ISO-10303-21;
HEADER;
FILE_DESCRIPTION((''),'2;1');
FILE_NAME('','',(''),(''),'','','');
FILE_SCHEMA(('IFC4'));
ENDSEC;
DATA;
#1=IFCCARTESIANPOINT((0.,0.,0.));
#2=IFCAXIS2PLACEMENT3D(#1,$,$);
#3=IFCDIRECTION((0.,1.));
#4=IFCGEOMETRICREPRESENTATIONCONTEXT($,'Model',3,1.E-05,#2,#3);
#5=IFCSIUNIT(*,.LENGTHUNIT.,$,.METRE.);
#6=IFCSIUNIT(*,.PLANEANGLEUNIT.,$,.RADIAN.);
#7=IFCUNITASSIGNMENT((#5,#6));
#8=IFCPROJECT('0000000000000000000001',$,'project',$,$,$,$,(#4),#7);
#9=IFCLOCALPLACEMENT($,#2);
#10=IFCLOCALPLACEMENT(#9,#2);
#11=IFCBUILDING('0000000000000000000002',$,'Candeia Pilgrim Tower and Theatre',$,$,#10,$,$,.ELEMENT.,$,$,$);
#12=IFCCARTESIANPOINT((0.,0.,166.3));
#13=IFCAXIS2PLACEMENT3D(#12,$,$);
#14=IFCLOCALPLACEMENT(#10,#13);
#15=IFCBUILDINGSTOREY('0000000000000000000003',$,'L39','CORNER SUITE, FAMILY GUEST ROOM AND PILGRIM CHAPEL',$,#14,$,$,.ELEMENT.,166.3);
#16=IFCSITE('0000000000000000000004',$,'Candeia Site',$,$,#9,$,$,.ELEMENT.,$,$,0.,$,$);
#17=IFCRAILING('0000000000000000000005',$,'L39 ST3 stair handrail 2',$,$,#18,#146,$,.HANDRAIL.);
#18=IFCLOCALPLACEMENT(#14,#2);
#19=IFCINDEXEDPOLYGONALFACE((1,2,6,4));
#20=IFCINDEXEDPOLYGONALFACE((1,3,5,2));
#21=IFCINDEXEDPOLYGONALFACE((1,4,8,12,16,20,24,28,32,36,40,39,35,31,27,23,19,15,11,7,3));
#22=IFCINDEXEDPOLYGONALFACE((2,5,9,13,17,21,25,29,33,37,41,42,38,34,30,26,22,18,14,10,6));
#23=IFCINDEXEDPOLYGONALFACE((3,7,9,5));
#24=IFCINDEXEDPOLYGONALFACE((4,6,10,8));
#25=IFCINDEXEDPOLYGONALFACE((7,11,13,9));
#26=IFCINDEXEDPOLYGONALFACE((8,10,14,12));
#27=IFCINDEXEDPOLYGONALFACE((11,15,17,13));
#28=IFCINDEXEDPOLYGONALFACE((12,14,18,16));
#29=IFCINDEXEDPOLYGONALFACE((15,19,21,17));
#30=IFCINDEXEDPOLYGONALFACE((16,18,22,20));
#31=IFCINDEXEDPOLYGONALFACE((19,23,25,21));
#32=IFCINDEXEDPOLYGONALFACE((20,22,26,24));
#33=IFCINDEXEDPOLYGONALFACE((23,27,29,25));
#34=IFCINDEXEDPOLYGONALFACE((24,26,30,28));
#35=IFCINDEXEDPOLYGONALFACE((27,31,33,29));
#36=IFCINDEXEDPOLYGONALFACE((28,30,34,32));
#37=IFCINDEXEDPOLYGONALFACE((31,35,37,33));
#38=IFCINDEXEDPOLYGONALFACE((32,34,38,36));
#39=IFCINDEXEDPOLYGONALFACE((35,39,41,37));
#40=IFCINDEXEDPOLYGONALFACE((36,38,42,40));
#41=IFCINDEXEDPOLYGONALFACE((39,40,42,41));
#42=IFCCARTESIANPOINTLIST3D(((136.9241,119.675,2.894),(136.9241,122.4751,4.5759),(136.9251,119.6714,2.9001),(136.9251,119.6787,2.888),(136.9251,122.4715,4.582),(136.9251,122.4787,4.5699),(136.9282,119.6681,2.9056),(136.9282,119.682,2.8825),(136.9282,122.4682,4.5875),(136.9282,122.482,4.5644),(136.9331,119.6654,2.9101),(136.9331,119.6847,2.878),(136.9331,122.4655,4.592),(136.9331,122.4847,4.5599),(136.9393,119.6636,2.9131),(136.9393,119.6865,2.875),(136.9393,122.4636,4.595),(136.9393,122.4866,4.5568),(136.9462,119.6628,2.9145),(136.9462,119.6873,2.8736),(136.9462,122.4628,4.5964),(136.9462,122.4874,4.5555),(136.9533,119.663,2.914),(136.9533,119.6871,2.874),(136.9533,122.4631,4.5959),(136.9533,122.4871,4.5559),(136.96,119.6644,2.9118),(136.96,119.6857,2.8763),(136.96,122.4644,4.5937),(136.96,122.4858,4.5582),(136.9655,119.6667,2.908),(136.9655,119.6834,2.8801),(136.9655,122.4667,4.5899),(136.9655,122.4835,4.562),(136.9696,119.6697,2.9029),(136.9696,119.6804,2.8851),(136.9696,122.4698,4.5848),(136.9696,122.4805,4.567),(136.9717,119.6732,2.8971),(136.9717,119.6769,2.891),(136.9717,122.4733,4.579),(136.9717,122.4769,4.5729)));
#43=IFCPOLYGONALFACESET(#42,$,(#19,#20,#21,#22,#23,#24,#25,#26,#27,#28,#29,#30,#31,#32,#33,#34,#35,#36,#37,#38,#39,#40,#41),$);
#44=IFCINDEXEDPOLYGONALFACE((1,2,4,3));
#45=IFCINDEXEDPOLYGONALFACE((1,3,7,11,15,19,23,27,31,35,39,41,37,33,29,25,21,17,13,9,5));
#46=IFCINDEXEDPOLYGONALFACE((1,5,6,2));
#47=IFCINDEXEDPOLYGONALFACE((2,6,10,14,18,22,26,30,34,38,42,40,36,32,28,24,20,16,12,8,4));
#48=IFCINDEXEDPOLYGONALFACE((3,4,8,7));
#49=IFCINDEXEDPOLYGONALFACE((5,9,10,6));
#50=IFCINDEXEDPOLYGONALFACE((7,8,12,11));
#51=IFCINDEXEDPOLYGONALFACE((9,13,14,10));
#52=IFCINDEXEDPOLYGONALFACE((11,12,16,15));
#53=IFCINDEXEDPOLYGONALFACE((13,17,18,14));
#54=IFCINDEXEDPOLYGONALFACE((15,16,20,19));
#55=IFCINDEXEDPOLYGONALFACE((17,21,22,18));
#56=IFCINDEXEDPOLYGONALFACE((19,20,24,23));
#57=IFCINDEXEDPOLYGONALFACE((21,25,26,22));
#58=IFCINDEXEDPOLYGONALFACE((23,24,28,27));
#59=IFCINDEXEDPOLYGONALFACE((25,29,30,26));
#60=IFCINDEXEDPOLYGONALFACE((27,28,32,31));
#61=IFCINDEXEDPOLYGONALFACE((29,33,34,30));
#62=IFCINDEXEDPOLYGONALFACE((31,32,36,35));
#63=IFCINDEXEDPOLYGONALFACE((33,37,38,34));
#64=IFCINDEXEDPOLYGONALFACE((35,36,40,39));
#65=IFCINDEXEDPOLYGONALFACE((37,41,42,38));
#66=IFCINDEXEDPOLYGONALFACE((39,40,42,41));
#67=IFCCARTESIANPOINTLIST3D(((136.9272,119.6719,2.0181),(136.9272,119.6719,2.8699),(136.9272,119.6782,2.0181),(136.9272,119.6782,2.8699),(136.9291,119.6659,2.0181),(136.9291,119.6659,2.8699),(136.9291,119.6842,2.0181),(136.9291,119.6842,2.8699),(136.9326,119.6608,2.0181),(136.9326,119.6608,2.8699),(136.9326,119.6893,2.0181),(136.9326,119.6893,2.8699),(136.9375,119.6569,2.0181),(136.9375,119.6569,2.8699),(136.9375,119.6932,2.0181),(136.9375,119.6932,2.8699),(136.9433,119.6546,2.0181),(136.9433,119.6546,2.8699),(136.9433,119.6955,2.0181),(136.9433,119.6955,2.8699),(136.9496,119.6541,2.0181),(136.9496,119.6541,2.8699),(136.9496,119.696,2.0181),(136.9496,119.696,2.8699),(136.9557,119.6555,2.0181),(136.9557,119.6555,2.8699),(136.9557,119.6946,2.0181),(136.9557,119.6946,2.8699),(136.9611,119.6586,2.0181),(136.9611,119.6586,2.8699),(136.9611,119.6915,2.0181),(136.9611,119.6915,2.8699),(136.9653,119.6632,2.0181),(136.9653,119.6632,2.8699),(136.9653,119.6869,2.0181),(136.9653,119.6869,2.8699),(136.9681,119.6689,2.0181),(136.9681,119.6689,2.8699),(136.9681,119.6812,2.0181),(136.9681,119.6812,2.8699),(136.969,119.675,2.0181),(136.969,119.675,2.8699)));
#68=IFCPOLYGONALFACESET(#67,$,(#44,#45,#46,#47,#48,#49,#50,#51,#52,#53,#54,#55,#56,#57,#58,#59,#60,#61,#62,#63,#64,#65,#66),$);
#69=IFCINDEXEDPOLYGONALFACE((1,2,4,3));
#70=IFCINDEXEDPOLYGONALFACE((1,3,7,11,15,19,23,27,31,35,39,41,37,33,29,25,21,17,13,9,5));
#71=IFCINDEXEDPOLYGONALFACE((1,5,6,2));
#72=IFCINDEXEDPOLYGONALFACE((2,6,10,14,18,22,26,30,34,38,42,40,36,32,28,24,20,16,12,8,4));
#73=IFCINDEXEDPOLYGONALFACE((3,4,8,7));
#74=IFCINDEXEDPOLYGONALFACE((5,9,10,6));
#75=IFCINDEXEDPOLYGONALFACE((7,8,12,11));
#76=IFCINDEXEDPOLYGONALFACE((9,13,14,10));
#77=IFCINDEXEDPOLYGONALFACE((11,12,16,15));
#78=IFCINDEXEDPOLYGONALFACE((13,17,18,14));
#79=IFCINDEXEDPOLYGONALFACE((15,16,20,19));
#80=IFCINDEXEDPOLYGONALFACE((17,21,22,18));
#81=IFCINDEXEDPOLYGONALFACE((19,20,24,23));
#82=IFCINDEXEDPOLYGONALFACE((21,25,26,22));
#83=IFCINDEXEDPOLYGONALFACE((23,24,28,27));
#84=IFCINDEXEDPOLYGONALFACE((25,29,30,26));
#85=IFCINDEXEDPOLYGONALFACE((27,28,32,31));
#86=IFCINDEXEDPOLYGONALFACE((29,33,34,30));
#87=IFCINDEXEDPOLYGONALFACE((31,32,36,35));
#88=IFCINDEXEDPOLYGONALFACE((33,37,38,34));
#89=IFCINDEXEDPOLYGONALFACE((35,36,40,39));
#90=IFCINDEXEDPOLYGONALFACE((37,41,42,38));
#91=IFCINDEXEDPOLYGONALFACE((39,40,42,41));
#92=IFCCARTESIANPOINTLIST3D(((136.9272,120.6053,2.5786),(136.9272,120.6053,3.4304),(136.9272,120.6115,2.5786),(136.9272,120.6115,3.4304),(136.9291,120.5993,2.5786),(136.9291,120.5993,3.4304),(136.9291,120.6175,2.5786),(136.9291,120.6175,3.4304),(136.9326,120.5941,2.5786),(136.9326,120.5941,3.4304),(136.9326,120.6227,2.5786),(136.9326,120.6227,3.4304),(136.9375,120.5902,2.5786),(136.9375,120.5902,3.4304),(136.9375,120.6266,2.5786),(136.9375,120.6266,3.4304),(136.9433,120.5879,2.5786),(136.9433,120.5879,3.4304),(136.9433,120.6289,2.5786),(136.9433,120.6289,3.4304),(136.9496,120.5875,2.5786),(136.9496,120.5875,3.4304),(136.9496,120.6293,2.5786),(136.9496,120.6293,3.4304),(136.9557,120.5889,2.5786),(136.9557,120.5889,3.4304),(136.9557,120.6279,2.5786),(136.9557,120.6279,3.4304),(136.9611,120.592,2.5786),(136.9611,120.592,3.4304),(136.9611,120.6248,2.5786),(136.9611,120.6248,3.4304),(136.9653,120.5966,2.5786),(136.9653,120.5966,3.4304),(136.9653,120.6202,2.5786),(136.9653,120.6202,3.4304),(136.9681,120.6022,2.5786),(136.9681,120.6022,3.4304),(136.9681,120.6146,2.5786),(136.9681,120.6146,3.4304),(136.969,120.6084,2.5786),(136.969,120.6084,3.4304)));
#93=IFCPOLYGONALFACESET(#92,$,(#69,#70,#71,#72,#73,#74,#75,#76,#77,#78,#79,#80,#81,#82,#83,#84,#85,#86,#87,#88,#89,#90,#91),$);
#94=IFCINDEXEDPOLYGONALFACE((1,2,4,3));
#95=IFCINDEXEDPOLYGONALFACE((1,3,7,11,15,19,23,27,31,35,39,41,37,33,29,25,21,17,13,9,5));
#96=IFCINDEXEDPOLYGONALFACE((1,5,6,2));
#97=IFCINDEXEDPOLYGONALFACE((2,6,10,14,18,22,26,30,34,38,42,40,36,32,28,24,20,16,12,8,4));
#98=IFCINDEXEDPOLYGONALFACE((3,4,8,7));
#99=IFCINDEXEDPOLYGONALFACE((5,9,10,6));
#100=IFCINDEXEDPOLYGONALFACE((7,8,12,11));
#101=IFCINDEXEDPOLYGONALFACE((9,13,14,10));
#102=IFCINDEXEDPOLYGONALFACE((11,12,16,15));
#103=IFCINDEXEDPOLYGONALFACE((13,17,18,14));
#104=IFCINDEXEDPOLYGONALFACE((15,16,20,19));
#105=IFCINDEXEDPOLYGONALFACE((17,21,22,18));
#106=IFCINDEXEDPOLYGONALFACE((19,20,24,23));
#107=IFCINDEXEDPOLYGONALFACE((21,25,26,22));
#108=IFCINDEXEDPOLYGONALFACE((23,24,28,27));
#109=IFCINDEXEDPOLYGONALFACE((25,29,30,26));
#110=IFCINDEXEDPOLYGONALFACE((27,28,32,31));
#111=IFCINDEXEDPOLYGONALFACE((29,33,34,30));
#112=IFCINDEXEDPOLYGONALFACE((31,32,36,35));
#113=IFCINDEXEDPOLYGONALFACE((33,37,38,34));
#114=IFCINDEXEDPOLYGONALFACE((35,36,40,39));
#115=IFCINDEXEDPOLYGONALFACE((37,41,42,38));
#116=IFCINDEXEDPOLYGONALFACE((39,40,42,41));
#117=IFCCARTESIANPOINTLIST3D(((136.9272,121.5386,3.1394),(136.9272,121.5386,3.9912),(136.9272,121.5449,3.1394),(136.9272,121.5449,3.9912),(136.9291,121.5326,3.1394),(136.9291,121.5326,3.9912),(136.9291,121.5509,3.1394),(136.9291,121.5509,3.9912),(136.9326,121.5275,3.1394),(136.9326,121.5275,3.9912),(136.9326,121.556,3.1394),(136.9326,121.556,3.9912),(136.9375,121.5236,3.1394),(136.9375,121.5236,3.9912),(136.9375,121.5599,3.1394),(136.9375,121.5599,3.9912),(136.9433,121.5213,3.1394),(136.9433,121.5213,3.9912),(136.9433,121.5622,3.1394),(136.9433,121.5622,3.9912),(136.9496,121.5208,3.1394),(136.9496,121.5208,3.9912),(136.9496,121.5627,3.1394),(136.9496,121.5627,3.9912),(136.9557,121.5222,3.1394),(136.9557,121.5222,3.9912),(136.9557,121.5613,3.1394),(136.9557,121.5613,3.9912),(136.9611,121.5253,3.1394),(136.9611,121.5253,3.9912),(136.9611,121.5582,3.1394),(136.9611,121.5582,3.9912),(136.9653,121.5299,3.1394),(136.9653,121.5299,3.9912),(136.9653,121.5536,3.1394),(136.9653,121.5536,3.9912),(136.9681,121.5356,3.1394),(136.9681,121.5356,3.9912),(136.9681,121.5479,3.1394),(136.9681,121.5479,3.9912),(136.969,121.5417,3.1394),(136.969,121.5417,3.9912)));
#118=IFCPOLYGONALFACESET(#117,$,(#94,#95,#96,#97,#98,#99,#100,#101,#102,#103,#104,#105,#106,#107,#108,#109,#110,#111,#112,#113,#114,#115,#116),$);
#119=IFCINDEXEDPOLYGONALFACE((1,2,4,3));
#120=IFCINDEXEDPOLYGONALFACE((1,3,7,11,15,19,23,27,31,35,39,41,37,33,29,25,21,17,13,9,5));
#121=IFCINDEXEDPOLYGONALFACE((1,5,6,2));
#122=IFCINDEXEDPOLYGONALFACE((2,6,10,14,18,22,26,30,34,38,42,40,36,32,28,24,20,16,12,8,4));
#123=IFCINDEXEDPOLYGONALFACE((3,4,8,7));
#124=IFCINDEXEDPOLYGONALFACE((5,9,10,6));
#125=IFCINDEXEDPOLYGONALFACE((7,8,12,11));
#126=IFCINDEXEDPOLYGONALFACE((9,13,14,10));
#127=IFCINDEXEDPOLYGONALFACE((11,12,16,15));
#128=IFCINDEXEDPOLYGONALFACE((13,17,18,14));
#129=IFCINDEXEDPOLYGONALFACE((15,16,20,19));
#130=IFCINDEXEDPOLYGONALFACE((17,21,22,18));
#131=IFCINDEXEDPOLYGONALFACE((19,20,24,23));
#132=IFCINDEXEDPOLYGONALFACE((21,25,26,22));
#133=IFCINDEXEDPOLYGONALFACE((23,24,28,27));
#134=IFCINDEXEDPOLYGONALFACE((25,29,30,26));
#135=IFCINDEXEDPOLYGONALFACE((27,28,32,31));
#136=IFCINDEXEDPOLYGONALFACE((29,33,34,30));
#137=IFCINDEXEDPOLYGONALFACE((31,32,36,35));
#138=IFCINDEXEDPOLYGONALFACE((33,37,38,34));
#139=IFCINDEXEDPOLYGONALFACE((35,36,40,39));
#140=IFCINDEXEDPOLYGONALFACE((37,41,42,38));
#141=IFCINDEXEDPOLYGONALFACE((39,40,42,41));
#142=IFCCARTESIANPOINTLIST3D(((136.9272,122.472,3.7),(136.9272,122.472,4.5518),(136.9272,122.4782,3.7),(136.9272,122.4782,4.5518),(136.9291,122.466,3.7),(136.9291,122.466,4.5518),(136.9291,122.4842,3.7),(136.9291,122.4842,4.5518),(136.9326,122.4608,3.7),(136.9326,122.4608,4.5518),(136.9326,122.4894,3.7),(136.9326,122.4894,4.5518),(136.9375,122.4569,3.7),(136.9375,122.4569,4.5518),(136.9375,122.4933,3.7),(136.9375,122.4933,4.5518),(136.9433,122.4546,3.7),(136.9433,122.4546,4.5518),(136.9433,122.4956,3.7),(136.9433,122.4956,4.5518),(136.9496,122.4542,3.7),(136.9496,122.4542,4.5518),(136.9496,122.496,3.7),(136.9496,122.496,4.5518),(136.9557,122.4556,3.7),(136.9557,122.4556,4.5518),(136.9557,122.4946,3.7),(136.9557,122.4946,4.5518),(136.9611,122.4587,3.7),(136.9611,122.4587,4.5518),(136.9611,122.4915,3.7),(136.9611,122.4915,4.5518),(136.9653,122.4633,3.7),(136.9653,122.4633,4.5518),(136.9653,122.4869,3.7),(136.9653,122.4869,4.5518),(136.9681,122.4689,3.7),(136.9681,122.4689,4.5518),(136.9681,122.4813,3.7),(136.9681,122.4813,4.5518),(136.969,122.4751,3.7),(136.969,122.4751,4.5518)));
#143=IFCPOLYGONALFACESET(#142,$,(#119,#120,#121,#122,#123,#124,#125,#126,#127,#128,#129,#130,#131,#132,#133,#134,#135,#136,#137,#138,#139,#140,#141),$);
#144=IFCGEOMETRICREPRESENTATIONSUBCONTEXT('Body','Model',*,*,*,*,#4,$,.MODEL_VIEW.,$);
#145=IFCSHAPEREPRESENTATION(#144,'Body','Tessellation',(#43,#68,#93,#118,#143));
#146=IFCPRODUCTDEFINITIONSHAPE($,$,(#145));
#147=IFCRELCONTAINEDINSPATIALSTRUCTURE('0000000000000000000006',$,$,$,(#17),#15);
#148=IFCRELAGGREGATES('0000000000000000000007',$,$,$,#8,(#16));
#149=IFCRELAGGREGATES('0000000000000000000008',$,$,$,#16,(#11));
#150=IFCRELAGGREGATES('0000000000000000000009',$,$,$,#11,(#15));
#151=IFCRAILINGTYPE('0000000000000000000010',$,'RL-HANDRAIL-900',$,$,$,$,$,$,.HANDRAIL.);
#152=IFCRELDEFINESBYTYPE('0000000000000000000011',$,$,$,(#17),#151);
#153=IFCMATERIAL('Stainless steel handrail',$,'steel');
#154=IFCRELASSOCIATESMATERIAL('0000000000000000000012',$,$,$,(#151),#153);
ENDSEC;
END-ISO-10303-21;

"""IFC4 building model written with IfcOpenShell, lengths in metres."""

from ifc_helpers import new_model, si_unit, direction, frame, origin, origin_2d, place, context, subcontext, project, spatial, circle, extrude, material, type_object, element, save


model = new_model("IFC4")

# Units and contexts
model_context = context("Model", 3, precision=1e-05, world=origin(), true_north=direction((0.0, 1.0)))
body_context = subcontext(model_context, "Body", "Model", "MODEL_VIEW")
ifc_project = project(units=[si_unit("LENGTHUNIT", "METRE"), si_unit("PLANEANGLEUNIT", "RADIAN")], contexts=[model_context])

# Site, building, storey
site_placement = place(None, origin())
site = spatial("IfcSite", under=ifc_project, at=site_placement, Name="Candeia Site", CompositionType="ELEMENT", RefElevation=0.0)
building_placement = place(site_placement, origin())
building = spatial("IfcBuilding", under=site, at=building_placement, Name="Candeia Pilgrim Tower and Theatre", CompositionType="ELEMENT")
storey_placement = place(building_placement, frame((0.0, 0.0, 166.3)))
storey = spatial("IfcBuildingStorey", under=building, at=storey_placement, Name="L39", Description="CORNER SUITE, FAMILY GUEST ROOM AND PILGRIM CHAPEL", CompositionType="ELEMENT", Elevation=166.3)

# Railing
ifc_material_1 = material(Name="Stainless steel handrail", Category="steel")
railing_type_1 = type_object("IfcRailingType", Name="RL-HANDRAIL-900", PredefinedType="HANDRAIL", material=ifc_material_1)
railing_1_placement = place(storey_placement, frame((136.948, 119.675, 2.0181)))
element("IfcRailing", 1, at=railing_1_placement, inside=storey, type_object=railing_type_1, Name="L39 ST3 stair handrail 2", PredefinedType="HANDRAIL", context=body_context, shape_type="SweptSolid", body=[
    extrude(circle(Radius=0.0239, at=origin_2d()), frame((0.0, 0.0, 0.876), z_axis=(0.0, 0.857242, 0.514913), x_axis=(-1.0, 0.0, 0.0)), (0.0, 0.0, 1.0), 3.2664),
    extrude(circle(Radius=0.021, at=origin_2d()), origin(), (0.0, 0.0, 1.0), 0.8518),
    extrude(circle(Radius=0.021, at=origin_2d()), frame((0.0, 0.9333, 0.5605)), (0.0, 0.0, 1.0), 0.8518),
    extrude(circle(Radius=0.021, at=origin_2d()), frame((0.0, 1.8667, 1.1213)), (0.0, 0.0, 1.0), 0.8518),
    extrude(circle(Radius=0.021, at=origin_2d()), frame((0.0, 2.8, 1.6819)), (0.0, 0.0, 1.0), 0.8518),
])

save(model, "model.ifc")
